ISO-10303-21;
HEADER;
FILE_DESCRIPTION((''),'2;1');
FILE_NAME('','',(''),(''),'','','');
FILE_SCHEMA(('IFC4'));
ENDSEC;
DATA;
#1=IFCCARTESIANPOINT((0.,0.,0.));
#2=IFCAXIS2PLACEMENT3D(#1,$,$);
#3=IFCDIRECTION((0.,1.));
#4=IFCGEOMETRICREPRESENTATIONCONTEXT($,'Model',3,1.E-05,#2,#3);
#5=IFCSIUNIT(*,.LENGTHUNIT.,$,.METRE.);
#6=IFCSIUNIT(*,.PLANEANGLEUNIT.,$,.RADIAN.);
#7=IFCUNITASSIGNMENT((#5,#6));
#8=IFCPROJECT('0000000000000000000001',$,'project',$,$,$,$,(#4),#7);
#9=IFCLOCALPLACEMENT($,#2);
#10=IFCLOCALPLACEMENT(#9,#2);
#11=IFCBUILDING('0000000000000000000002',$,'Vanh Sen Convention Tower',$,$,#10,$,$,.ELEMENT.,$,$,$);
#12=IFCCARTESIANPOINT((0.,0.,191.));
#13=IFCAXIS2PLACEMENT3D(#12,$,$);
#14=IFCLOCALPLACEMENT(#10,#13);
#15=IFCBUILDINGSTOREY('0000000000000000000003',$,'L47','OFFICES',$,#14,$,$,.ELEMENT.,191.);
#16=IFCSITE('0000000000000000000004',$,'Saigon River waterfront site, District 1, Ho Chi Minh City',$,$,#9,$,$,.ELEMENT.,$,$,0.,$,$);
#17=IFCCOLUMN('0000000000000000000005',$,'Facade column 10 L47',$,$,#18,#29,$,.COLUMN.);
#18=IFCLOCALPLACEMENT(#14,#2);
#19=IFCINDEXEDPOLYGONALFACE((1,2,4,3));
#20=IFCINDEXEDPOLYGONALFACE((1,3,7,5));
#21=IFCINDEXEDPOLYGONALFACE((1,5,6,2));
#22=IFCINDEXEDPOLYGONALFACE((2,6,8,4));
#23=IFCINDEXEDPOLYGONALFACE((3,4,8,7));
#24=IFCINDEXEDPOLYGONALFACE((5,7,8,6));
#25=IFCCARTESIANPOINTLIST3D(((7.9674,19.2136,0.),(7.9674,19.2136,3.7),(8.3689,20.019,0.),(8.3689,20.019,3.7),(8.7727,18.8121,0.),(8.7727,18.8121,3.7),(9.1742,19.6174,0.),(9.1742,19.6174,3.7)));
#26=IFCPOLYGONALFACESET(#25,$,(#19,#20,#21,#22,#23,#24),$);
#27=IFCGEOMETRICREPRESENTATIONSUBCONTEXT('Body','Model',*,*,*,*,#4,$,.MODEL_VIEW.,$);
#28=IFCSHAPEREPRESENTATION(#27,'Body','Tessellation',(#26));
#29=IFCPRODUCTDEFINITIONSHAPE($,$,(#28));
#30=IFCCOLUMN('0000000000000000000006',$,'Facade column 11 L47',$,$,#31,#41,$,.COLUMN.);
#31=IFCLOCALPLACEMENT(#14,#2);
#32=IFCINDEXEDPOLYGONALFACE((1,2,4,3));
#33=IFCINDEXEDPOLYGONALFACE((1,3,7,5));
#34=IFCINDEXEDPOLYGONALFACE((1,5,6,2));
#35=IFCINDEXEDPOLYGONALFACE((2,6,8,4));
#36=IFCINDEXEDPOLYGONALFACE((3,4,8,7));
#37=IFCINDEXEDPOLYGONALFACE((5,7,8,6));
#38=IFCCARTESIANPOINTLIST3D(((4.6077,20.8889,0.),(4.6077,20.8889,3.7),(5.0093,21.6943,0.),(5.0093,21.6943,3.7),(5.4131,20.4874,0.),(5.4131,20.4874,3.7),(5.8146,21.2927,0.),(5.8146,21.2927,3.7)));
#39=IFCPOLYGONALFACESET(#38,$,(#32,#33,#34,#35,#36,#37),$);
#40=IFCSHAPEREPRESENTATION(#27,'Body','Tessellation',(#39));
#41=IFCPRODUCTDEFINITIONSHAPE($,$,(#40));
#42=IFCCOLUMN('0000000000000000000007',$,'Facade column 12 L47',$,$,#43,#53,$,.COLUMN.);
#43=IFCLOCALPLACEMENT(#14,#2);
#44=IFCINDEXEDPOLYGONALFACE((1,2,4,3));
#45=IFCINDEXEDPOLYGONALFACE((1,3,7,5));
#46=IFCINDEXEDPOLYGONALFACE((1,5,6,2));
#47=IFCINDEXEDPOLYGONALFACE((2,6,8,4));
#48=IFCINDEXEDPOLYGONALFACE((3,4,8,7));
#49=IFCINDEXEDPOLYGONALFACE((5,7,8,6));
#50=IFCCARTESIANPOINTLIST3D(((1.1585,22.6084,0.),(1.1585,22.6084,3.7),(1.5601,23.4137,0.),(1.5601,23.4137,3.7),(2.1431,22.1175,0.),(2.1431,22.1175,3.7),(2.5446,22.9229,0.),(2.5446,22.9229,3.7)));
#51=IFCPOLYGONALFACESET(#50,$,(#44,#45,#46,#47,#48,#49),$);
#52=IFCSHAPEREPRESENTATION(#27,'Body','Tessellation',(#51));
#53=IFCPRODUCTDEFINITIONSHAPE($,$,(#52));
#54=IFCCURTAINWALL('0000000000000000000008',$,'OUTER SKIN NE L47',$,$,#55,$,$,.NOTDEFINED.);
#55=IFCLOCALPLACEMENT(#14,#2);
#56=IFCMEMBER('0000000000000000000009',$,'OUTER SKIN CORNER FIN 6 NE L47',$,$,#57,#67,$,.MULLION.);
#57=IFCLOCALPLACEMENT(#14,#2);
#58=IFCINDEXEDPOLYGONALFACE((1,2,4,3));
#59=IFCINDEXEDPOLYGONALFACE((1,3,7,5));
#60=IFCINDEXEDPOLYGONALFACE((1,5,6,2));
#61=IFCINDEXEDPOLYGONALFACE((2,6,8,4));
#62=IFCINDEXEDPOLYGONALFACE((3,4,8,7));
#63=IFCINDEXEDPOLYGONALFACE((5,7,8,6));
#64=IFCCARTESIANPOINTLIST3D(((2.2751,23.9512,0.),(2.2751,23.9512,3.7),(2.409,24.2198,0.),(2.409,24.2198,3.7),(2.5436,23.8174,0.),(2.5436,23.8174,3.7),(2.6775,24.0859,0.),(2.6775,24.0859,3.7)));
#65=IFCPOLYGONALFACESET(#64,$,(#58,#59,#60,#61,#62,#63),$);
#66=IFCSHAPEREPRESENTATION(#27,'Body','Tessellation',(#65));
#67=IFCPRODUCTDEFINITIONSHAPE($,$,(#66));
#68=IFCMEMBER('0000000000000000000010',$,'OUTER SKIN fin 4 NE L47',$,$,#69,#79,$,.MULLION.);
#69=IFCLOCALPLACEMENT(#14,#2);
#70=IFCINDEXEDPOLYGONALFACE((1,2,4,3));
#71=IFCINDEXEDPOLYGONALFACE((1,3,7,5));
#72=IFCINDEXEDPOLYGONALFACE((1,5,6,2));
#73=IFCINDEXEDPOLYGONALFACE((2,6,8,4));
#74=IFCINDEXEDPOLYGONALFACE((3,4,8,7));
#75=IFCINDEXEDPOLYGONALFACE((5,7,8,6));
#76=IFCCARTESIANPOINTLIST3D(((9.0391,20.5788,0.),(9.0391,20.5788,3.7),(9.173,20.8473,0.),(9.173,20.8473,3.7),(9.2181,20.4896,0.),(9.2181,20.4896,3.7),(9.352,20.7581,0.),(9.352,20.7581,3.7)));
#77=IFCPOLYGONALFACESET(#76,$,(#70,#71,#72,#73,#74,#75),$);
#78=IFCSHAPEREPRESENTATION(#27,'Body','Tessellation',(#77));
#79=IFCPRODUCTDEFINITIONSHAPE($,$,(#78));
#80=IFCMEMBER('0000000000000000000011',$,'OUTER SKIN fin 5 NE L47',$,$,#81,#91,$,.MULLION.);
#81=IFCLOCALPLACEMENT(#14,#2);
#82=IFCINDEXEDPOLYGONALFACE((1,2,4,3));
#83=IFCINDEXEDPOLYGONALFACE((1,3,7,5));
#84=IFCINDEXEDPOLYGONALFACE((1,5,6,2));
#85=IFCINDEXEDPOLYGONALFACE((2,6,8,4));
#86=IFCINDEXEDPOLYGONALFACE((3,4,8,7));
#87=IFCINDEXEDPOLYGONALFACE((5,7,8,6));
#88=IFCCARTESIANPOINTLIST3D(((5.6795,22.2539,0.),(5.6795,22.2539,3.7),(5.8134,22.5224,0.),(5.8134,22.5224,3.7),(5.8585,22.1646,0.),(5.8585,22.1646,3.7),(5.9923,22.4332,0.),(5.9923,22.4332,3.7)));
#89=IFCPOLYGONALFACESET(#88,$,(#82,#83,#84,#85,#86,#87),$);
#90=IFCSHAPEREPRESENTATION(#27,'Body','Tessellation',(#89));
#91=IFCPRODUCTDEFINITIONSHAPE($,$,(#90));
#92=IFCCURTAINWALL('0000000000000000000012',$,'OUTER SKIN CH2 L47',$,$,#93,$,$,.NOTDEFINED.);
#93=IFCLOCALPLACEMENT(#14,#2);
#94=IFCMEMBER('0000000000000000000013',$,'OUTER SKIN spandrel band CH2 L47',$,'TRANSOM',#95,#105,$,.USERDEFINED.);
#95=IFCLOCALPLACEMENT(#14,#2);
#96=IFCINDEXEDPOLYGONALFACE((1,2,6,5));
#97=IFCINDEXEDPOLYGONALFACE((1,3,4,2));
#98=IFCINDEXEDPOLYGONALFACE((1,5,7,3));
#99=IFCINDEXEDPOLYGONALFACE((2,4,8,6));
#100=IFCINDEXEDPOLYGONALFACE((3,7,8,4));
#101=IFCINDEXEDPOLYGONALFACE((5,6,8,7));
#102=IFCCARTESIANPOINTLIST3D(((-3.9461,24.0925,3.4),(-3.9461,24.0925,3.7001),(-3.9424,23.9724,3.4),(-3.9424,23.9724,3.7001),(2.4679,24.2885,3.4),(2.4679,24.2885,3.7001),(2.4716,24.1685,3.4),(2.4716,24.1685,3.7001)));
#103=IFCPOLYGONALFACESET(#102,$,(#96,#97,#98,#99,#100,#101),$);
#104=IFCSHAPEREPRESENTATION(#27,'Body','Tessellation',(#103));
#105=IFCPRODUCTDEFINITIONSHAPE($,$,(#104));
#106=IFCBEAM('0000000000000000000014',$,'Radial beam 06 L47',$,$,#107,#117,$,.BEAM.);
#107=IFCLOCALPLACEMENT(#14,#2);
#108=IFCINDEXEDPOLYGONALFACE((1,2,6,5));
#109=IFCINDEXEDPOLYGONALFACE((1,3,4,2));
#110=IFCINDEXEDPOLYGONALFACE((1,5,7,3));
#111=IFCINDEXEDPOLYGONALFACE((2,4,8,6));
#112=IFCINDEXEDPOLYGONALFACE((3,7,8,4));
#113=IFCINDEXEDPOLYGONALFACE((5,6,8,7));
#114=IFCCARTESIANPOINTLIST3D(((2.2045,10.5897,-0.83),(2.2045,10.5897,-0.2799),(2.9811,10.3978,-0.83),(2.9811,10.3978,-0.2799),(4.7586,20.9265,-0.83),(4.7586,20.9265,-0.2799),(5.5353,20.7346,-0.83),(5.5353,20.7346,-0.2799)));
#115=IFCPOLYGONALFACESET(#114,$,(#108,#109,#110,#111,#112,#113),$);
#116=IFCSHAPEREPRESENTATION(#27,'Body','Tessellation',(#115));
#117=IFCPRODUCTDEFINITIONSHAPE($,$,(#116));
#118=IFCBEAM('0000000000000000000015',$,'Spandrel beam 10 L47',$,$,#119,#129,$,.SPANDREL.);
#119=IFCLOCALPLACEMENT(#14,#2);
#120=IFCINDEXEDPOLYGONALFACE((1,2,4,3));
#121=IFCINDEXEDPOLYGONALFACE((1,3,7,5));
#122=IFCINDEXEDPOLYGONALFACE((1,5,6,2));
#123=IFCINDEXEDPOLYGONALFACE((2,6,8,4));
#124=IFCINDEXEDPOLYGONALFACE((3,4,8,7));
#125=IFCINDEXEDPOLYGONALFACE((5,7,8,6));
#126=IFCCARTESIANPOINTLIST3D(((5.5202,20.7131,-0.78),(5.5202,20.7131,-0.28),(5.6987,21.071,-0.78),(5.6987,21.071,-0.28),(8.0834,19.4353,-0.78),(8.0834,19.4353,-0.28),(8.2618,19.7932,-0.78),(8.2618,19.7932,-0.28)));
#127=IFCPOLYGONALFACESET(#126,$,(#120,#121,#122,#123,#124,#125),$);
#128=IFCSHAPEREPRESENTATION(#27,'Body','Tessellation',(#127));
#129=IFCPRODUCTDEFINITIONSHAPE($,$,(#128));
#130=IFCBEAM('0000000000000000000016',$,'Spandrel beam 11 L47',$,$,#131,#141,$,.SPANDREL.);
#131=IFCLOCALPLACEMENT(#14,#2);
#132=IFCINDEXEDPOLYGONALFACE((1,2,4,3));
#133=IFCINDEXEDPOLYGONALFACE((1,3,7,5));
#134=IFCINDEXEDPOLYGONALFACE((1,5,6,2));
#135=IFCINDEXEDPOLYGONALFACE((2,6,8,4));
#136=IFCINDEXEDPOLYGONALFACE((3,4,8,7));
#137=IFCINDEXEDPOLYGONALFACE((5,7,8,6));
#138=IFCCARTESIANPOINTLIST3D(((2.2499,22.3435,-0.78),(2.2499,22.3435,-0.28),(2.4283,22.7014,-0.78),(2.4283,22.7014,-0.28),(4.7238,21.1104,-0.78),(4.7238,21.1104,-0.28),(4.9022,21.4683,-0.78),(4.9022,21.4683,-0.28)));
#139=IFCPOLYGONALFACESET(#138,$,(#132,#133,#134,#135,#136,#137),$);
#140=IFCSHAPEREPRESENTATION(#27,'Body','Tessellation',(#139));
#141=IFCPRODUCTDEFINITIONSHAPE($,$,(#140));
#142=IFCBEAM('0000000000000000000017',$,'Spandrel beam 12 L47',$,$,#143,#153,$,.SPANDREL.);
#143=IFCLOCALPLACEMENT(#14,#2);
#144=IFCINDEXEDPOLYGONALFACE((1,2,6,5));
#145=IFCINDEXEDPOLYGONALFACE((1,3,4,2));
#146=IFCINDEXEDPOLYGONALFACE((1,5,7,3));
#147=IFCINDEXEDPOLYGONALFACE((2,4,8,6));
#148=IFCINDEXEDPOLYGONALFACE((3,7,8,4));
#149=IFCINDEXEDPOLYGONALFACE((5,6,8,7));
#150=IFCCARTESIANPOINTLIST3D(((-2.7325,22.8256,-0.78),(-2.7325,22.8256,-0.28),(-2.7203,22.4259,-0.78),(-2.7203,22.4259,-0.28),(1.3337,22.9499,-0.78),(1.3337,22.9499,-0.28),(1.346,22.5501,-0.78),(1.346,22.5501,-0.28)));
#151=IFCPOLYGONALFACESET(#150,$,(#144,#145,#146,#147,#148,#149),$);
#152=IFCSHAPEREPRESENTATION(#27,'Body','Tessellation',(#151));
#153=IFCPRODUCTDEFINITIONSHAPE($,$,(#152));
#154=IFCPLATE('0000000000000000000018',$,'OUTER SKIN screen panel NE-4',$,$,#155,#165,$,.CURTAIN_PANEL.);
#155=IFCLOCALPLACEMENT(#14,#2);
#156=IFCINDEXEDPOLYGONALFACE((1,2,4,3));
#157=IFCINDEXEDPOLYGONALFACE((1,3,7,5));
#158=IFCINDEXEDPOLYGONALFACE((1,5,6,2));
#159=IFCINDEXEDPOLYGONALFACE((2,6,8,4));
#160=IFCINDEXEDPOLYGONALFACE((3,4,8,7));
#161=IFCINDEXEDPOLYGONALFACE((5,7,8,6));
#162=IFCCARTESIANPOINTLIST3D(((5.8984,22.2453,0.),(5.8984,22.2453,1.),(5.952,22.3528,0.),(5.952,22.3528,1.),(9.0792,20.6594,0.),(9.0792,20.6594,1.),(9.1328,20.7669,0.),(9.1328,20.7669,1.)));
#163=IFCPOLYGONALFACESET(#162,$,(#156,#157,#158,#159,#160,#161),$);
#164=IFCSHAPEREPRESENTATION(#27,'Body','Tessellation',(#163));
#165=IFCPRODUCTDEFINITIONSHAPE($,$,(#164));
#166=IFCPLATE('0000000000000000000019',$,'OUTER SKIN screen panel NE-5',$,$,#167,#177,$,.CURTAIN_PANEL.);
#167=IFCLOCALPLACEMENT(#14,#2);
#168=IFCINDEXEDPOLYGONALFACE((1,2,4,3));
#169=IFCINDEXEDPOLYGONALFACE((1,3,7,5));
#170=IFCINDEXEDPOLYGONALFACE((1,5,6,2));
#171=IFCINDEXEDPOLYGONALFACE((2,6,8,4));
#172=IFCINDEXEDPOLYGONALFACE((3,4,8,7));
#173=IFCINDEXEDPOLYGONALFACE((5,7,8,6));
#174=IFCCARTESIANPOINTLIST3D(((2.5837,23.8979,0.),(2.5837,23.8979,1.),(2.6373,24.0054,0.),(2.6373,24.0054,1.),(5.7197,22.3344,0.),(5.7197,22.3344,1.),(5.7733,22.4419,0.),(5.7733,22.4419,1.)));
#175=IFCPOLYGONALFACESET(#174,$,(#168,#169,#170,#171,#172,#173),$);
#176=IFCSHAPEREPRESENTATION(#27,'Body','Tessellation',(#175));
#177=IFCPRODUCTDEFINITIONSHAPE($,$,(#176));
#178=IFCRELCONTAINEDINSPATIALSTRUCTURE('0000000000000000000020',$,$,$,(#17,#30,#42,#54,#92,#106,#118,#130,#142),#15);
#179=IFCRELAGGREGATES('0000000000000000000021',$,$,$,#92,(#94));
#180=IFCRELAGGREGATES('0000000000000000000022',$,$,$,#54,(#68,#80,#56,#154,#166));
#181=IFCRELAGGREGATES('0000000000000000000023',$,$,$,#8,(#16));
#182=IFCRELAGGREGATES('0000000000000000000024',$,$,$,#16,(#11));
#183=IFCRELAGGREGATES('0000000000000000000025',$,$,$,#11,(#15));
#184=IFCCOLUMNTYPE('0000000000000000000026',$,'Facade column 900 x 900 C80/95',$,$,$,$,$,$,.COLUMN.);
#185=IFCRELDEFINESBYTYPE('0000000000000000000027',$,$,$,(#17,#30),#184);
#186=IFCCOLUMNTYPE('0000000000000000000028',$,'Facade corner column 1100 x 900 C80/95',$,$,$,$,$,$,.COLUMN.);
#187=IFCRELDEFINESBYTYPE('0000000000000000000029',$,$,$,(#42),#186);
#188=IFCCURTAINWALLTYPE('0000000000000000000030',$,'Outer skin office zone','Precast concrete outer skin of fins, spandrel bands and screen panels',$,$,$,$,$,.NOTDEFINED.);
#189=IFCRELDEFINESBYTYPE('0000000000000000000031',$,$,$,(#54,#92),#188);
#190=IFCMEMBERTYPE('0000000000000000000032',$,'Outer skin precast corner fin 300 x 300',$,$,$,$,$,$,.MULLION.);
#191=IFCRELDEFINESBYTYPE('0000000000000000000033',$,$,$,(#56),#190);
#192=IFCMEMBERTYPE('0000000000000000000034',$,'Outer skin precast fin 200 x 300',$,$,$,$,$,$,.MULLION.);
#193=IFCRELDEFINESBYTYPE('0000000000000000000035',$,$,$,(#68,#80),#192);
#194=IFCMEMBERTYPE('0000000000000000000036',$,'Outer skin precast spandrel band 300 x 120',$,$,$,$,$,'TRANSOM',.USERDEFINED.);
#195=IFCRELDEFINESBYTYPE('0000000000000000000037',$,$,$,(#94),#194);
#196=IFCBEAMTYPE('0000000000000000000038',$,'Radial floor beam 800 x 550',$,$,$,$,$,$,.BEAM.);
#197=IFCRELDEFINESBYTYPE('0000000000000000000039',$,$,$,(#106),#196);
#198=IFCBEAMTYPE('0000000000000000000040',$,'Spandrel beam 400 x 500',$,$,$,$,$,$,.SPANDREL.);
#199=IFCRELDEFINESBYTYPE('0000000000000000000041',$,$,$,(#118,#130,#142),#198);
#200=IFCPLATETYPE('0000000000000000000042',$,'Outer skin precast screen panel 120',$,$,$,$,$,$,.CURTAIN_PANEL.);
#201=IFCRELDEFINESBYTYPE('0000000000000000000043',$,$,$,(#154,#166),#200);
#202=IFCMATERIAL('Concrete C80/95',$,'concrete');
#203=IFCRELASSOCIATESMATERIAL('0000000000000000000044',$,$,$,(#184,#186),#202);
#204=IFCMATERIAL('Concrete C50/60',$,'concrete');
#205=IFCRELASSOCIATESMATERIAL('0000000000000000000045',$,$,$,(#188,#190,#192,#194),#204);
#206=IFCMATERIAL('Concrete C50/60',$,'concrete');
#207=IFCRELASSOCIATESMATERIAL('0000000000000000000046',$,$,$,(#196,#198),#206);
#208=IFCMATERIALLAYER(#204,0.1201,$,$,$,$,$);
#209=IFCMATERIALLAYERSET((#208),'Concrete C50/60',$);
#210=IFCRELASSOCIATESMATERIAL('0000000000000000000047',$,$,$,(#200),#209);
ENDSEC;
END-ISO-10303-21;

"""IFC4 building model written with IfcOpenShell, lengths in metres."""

from ifc_helpers import new_model, si_unit, direction, frame, origin, origin_2d, place, context, subcontext, project, spatial, rectangle, extrude, material, layer, layer_set, material_profile, profile_set, type_object, element, aggregate, save


model = new_model("IFC4")

# Units and contexts
model_context = context("Model", 3, precision=1e-05, world=origin(), true_north=direction((0.0, 1.0)))
body_context = subcontext(model_context, "Body", "Model", "MODEL_VIEW")
ifc_project = project(units=[si_unit("LENGTHUNIT", "METRE"), si_unit("PLANEANGLEUNIT", "RADIAN")], contexts=[model_context])

# Site, building, storey
site_placement = place(None, origin())
site = spatial("IfcSite", under=ifc_project, at=site_placement, Name="Saigon River waterfront site, District 1, Ho Chi Minh City", CompositionType="ELEMENT", RefElevation=0.0)
building_placement = place(site_placement, origin())
building = spatial("IfcBuilding", under=site, at=building_placement, Name="Vanh Sen Convention Tower", CompositionType="ELEMENT")
storey_placement = place(building_placement, frame((0.0, 0.0, 191.0)))
storey = spatial("IfcBuildingStorey", under=building, at=storey_placement, Name="L47", Description="OFFICES", CompositionType="ELEMENT", Elevation=191.0)

# Columns
ifc_material_1 = material(Name="Concrete C80/95", Category="concrete")
ifc_material_profile_1 = material_profile(ifc_material_1, rectangle(XDim=0.8999, YDim=0.8999, at=origin_2d()), Name="RC 900X900")
ifc_profile_set_1 = profile_set([ifc_material_profile_1], Name="Concrete C80/95")
column_type_1 = type_object("IfcColumnType", Name="Facade column 900 x 900 C80/95", PredefinedType="COLUMN", material=ifc_profile_set_1)
for number, where, z_axis, x_axis, name in (
    (1, (8.5708, 19.4155, 0.0), (0.0, 0.0, 1.0), (-0.894934, 0.446198, 0.0), "Facade column 10 L47"),
    (2, (5.2112, 21.0908, 0.0), (0.0, 0.0, 1.0), (-0.894934, 0.446198, 0.0), "Facade column 11 L47"),
):
    element("IfcColumn", number, at=place(storey_placement, frame(where, z_axis=z_axis, x_axis=x_axis)), inside=storey, type_object=column_type_1, Name=name, PredefinedType="COLUMN", context=body_context, shape_type="SweptSolid", body=[
        extrude(rectangle(XDim=0.8999, YDim=0.8999, at=origin_2d()), origin(), (0.0, 0.0, 1.0), 3.7),
    ])
ifc_material_profile_2 = material_profile(ifc_material_1, rectangle(XDim=1.1001, YDim=0.8999, at=origin_2d()), Name="RC 1100X900")
ifc_profile_set_2 = profile_set([ifc_material_profile_2], Name="Concrete C80/95")
column_type_2 = type_object("IfcColumnType", Name="Facade corner column 1100 x 900 C80/95", PredefinedType="COLUMN", material=ifc_profile_set_2)
column_placement = place(storey_placement, frame((1.8516, 22.7656, 0.0), z_axis=(0.0, 0.0, 1.0), x_axis=(-0.894934, 0.446198, 0.0)))
element("IfcColumn", 3, at=column_placement, inside=storey, type_object=column_type_2, Name="Facade column 12 L47", PredefinedType="COLUMN", context=body_context, shape_type="SweptSolid", body=[
    extrude(rectangle(XDim=1.1001, YDim=0.8999, at=origin_2d()), origin(), (0.0, 0.0, 1.0), 3.7),
])

# Curtain wall, members
ifc_material_2 = material(Name="Concrete C50/60", Category="concrete")
curtain_wall_type = type_object("IfcCurtainWallType", Name="Outer skin office zone", Description="Precast concrete outer skin of fins, spandrel bands and screen panels", PredefinedType="NOTDEFINED", material=ifc_material_2)
curtain_wall_1_placement = place(storey_placement, origin())
curtain_wall_1 = element("IfcCurtainWall", 4, at=curtain_wall_1_placement, inside=storey, type_object=curtain_wall_type, Name="OUTER SKIN NE L47", PredefinedType="NOTDEFINED")
ifc_material_profile_3 = material_profile(ifc_material_2, rectangle(XDim=0.3, YDim=0.3, at=origin_2d()), Name="Outer skin precast corner fin 300 x 300")
ifc_profile_set_3 = profile_set([ifc_material_profile_3], Name="Concrete C50/60")
member_type_1 = type_object("IfcMemberType", Name="Outer skin precast corner fin 300 x 300", PredefinedType="MULLION", material=ifc_profile_set_3)
member_1_placement = place(storey_placement, frame((2.4763, 24.0186, 0.0), z_axis=(0.0, 0.0, 1.0), x_axis=(-0.894934, 0.446198, 0.0)))
member_1 = element("IfcMember", 5, at=member_1_placement, type_object=member_type_1, Name="OUTER SKIN CORNER FIN 6 NE L47", PredefinedType="MULLION", context=body_context, shape_type="SweptSolid", body=[
    extrude(rectangle(XDim=0.3, YDim=0.3, at=origin_2d()), origin(), (0.0, 0.0, 1.0), 3.7),
])
ifc_material_profile_4 = material_profile(ifc_material_2, rectangle(XDim=0.2, YDim=0.3, at=origin_2d()), Name="Outer skin precast fin 200 x 300")
ifc_profile_set_4 = profile_set([ifc_material_profile_4], Name="Concrete C50/60")
member_type_2 = type_object("IfcMemberType", Name="Outer skin precast fin 200 x 300", PredefinedType="MULLION", material=ifc_profile_set_4)
member_2_placement = place(storey_placement, frame((9.1956, 20.6685, 0.0), z_axis=(0.0, 0.0, 1.0), x_axis=(-0.894934, 0.446198, 0.0)))
member_2 = element("IfcMember", 6, at=member_2_placement, type_object=member_type_2, Name="OUTER SKIN fin 4 NE L47", PredefinedType="MULLION", context=body_context, shape_type="SweptSolid", body=[
    extrude(rectangle(XDim=0.2, YDim=0.3, at=origin_2d()), origin(), (0.0, 0.0, 1.0), 3.7),
])
member_3_placement = place(storey_placement, frame((5.8359, 22.3435, 0.0), z_axis=(0.0, 0.0, 1.0), x_axis=(-0.894934, 0.446198, 0.0)))
member_3 = element("IfcMember", 7, at=member_3_placement, type_object=member_type_2, Name="OUTER SKIN fin 5 NE L47", PredefinedType="MULLION", context=body_context, shape_type="SweptSolid", body=[
    extrude(rectangle(XDim=0.2, YDim=0.3, at=origin_2d()), origin(), (0.0, 0.0, 1.0), 3.7),
])

# Curtain wall, member
curtain_wall_2_placement = place(storey_placement, origin())
curtain_wall_2 = element("IfcCurtainWall", 8, at=curtain_wall_2_placement, inside=storey, type_object=curtain_wall_type, Name="OUTER SKIN CH2 L47", PredefinedType="NOTDEFINED")
ifc_material_profile_5 = material_profile(ifc_material_2, rectangle(XDim=0.1201, YDim=0.3, at=origin_2d()), Name="Outer skin precast spandrel band 300 x 120")
ifc_profile_set_5 = profile_set([ifc_material_profile_5], Name="Concrete C50/60")
member_type_3 = type_object("IfcMemberType", Name="Outer skin precast spandrel band 300 x 120", ElementType="TRANSOM", PredefinedType="USERDEFINED", material=ifc_profile_set_5)
member_4_placement = place(storey_placement, frame((2.4697, 24.2285, 3.55), z_axis=(-0.999533, -0.030551, 0.0), x_axis=(0.030551, -0.999533, 0.0)))
member_4 = element("IfcMember", 9, at=member_4_placement, type_object=member_type_3, Name="OUTER SKIN spandrel band CH2 L47", ObjectType="TRANSOM", PredefinedType="USERDEFINED", context=body_context, shape_type="SweptSolid", body=[
    extrude(rectangle(XDim=0.1201, YDim=0.3, at=origin_2d()), origin(), (0.0, 0.0, 1.0), 6.417),
])
aggregate(curtain_wall_2, [member_4])

# Beams
ifc_material_3 = material(Name="Concrete C50/60", Category="concrete")
ifc_material_profile_6 = material_profile(ifc_material_3, rectangle(XDim=0.8, YDim=0.55, at=origin_2d()), Name="RC 800X550")
ifc_profile_set_6 = profile_set([ifc_material_profile_6], Name="Concrete C50/60")
beam_type_1 = type_object("IfcBeamType", Name="Radial floor beam 800 x 550", PredefinedType="BEAM", material=ifc_profile_set_6)
beam_1_placement = place(storey_placement, frame((5.147, 20.8306, -0.5549), z_axis=(-0.23988, -0.970802, 0.0), x_axis=(0.970802, -0.23988, 0.0)))
element("IfcBeam", 10, at=beam_1_placement, inside=storey, type_object=beam_type_1, Name="Radial beam 06 L47", PredefinedType="BEAM", context=body_context, shape_type="SweptSolid", body=[
    extrude(rectangle(XDim=0.8, YDim=0.55, at=origin_2d()), origin(), (0.0, 0.0, 1.0), 10.6477),
])
ifc_material_profile_7 = material_profile(ifc_material_3, rectangle(XDim=0.3999, YDim=0.5, at=origin_2d()), Name="RC 400X500")
ifc_profile_set_7 = profile_set([ifc_material_profile_7], Name="Concrete C50/60")
beam_type_2 = type_object("IfcBeamType", Name="Spandrel beam 400 x 500", PredefinedType="SPANDREL", material=ifc_profile_set_7)
beam_2_placement = place(storey_placement, frame((8.1726, 19.6143, -0.53), z_axis=(-0.894955, 0.446156, 0.0), x_axis=(-0.446156, -0.894955, 0.0)))
element("IfcBeam", 11, at=beam_2_placement, inside=storey, type_object=beam_type_2, Name="Spandrel beam 10 L47", PredefinedType="SPANDREL", context=body_context, shape_type="SweptSolid", body=[
    extrude(rectangle(XDim=0.3999, YDim=0.5, at=origin_2d()), origin(), (0.0, 0.0, 1.0), 2.864),
])
beam_3_placement = place(storey_placement, frame((4.813, 21.2893, -0.53), z_axis=(-0.894974, 0.446118, 0.0), x_axis=(-0.446118, -0.894974, 0.0)))
element("IfcBeam", 12, at=beam_3_placement, inside=storey, type_object=beam_type_2, Name="Spandrel beam 11 L47", PredefinedType="SPANDREL", context=body_context, shape_type="SweptSolid", body=[
    extrude(rectangle(XDim=0.3999, YDim=0.5, at=origin_2d()), origin(), (0.0, 0.0, 1.0), 2.7642),
])
beam_4_placement = place(storey_placement, frame((1.3398, 22.75, -0.53), z_axis=(-0.999533, -0.030547, 0.0), x_axis=(0.030547, -0.999533, 0.0)))
element("IfcBeam", 13, at=beam_4_placement, inside=storey, type_object=beam_type_2, Name="Spandrel beam 12 L47", PredefinedType="SPANDREL", context=body_context, shape_type="SweptSolid", body=[
    extrude(rectangle(XDim=0.3999, YDim=0.5, at=origin_2d()), origin(), (0.0, 0.0, 1.0), 4.0681),
])

# Plates
ifc_layer_1 = layer(ifc_material_2, 0.1201)
ifc_layer_set_1 = layer_set([ifc_layer_1], Name="Concrete C50/60")
plate_type = type_object("IfcPlateType", Name="Outer skin precast screen panel 120", PredefinedType="CURTAIN_PANEL", material=ifc_layer_set_1)
plate_1_placement = place(storey_placement, frame((7.5156, 21.5061, 0.0), z_axis=(0.0, 0.0, 1.0), x_axis=(-0.894933, 0.446201, 0.0)))
plate_1 = element("IfcPlate", 14, at=plate_1_placement, type_object=plate_type, Name="OUTER SKIN screen panel NE-4", PredefinedType="CURTAIN_PANEL", context=body_context, shape_type="SweptSolid", body=[
    extrude(rectangle(XDim=3.5542, YDim=0.1201, at=origin_2d()), origin(), (0.0, 0.0, 1.0), 1.0),
])
plate_2_placement = place(storey_placement, frame((4.1785, 23.1699, 0.0), z_axis=(0.0, 0.0, 1.0), x_axis=(-0.894944, 0.446179, 0.0)))
plate_2 = element("IfcPlate", 15, at=plate_2_placement, type_object=plate_type, Name="OUTER SKIN screen panel NE-5", PredefinedType="CURTAIN_PANEL", context=body_context, shape_type="SweptSolid", body=[
    extrude(rectangle(XDim=3.5042, YDim=0.1201, at=origin_2d()), origin(), (0.0, 0.0, 1.0), 1.0),
])
aggregate(curtain_wall_1, [member_2, member_3, member_1, plate_1, plate_2])

save(model, "model.ifc")
